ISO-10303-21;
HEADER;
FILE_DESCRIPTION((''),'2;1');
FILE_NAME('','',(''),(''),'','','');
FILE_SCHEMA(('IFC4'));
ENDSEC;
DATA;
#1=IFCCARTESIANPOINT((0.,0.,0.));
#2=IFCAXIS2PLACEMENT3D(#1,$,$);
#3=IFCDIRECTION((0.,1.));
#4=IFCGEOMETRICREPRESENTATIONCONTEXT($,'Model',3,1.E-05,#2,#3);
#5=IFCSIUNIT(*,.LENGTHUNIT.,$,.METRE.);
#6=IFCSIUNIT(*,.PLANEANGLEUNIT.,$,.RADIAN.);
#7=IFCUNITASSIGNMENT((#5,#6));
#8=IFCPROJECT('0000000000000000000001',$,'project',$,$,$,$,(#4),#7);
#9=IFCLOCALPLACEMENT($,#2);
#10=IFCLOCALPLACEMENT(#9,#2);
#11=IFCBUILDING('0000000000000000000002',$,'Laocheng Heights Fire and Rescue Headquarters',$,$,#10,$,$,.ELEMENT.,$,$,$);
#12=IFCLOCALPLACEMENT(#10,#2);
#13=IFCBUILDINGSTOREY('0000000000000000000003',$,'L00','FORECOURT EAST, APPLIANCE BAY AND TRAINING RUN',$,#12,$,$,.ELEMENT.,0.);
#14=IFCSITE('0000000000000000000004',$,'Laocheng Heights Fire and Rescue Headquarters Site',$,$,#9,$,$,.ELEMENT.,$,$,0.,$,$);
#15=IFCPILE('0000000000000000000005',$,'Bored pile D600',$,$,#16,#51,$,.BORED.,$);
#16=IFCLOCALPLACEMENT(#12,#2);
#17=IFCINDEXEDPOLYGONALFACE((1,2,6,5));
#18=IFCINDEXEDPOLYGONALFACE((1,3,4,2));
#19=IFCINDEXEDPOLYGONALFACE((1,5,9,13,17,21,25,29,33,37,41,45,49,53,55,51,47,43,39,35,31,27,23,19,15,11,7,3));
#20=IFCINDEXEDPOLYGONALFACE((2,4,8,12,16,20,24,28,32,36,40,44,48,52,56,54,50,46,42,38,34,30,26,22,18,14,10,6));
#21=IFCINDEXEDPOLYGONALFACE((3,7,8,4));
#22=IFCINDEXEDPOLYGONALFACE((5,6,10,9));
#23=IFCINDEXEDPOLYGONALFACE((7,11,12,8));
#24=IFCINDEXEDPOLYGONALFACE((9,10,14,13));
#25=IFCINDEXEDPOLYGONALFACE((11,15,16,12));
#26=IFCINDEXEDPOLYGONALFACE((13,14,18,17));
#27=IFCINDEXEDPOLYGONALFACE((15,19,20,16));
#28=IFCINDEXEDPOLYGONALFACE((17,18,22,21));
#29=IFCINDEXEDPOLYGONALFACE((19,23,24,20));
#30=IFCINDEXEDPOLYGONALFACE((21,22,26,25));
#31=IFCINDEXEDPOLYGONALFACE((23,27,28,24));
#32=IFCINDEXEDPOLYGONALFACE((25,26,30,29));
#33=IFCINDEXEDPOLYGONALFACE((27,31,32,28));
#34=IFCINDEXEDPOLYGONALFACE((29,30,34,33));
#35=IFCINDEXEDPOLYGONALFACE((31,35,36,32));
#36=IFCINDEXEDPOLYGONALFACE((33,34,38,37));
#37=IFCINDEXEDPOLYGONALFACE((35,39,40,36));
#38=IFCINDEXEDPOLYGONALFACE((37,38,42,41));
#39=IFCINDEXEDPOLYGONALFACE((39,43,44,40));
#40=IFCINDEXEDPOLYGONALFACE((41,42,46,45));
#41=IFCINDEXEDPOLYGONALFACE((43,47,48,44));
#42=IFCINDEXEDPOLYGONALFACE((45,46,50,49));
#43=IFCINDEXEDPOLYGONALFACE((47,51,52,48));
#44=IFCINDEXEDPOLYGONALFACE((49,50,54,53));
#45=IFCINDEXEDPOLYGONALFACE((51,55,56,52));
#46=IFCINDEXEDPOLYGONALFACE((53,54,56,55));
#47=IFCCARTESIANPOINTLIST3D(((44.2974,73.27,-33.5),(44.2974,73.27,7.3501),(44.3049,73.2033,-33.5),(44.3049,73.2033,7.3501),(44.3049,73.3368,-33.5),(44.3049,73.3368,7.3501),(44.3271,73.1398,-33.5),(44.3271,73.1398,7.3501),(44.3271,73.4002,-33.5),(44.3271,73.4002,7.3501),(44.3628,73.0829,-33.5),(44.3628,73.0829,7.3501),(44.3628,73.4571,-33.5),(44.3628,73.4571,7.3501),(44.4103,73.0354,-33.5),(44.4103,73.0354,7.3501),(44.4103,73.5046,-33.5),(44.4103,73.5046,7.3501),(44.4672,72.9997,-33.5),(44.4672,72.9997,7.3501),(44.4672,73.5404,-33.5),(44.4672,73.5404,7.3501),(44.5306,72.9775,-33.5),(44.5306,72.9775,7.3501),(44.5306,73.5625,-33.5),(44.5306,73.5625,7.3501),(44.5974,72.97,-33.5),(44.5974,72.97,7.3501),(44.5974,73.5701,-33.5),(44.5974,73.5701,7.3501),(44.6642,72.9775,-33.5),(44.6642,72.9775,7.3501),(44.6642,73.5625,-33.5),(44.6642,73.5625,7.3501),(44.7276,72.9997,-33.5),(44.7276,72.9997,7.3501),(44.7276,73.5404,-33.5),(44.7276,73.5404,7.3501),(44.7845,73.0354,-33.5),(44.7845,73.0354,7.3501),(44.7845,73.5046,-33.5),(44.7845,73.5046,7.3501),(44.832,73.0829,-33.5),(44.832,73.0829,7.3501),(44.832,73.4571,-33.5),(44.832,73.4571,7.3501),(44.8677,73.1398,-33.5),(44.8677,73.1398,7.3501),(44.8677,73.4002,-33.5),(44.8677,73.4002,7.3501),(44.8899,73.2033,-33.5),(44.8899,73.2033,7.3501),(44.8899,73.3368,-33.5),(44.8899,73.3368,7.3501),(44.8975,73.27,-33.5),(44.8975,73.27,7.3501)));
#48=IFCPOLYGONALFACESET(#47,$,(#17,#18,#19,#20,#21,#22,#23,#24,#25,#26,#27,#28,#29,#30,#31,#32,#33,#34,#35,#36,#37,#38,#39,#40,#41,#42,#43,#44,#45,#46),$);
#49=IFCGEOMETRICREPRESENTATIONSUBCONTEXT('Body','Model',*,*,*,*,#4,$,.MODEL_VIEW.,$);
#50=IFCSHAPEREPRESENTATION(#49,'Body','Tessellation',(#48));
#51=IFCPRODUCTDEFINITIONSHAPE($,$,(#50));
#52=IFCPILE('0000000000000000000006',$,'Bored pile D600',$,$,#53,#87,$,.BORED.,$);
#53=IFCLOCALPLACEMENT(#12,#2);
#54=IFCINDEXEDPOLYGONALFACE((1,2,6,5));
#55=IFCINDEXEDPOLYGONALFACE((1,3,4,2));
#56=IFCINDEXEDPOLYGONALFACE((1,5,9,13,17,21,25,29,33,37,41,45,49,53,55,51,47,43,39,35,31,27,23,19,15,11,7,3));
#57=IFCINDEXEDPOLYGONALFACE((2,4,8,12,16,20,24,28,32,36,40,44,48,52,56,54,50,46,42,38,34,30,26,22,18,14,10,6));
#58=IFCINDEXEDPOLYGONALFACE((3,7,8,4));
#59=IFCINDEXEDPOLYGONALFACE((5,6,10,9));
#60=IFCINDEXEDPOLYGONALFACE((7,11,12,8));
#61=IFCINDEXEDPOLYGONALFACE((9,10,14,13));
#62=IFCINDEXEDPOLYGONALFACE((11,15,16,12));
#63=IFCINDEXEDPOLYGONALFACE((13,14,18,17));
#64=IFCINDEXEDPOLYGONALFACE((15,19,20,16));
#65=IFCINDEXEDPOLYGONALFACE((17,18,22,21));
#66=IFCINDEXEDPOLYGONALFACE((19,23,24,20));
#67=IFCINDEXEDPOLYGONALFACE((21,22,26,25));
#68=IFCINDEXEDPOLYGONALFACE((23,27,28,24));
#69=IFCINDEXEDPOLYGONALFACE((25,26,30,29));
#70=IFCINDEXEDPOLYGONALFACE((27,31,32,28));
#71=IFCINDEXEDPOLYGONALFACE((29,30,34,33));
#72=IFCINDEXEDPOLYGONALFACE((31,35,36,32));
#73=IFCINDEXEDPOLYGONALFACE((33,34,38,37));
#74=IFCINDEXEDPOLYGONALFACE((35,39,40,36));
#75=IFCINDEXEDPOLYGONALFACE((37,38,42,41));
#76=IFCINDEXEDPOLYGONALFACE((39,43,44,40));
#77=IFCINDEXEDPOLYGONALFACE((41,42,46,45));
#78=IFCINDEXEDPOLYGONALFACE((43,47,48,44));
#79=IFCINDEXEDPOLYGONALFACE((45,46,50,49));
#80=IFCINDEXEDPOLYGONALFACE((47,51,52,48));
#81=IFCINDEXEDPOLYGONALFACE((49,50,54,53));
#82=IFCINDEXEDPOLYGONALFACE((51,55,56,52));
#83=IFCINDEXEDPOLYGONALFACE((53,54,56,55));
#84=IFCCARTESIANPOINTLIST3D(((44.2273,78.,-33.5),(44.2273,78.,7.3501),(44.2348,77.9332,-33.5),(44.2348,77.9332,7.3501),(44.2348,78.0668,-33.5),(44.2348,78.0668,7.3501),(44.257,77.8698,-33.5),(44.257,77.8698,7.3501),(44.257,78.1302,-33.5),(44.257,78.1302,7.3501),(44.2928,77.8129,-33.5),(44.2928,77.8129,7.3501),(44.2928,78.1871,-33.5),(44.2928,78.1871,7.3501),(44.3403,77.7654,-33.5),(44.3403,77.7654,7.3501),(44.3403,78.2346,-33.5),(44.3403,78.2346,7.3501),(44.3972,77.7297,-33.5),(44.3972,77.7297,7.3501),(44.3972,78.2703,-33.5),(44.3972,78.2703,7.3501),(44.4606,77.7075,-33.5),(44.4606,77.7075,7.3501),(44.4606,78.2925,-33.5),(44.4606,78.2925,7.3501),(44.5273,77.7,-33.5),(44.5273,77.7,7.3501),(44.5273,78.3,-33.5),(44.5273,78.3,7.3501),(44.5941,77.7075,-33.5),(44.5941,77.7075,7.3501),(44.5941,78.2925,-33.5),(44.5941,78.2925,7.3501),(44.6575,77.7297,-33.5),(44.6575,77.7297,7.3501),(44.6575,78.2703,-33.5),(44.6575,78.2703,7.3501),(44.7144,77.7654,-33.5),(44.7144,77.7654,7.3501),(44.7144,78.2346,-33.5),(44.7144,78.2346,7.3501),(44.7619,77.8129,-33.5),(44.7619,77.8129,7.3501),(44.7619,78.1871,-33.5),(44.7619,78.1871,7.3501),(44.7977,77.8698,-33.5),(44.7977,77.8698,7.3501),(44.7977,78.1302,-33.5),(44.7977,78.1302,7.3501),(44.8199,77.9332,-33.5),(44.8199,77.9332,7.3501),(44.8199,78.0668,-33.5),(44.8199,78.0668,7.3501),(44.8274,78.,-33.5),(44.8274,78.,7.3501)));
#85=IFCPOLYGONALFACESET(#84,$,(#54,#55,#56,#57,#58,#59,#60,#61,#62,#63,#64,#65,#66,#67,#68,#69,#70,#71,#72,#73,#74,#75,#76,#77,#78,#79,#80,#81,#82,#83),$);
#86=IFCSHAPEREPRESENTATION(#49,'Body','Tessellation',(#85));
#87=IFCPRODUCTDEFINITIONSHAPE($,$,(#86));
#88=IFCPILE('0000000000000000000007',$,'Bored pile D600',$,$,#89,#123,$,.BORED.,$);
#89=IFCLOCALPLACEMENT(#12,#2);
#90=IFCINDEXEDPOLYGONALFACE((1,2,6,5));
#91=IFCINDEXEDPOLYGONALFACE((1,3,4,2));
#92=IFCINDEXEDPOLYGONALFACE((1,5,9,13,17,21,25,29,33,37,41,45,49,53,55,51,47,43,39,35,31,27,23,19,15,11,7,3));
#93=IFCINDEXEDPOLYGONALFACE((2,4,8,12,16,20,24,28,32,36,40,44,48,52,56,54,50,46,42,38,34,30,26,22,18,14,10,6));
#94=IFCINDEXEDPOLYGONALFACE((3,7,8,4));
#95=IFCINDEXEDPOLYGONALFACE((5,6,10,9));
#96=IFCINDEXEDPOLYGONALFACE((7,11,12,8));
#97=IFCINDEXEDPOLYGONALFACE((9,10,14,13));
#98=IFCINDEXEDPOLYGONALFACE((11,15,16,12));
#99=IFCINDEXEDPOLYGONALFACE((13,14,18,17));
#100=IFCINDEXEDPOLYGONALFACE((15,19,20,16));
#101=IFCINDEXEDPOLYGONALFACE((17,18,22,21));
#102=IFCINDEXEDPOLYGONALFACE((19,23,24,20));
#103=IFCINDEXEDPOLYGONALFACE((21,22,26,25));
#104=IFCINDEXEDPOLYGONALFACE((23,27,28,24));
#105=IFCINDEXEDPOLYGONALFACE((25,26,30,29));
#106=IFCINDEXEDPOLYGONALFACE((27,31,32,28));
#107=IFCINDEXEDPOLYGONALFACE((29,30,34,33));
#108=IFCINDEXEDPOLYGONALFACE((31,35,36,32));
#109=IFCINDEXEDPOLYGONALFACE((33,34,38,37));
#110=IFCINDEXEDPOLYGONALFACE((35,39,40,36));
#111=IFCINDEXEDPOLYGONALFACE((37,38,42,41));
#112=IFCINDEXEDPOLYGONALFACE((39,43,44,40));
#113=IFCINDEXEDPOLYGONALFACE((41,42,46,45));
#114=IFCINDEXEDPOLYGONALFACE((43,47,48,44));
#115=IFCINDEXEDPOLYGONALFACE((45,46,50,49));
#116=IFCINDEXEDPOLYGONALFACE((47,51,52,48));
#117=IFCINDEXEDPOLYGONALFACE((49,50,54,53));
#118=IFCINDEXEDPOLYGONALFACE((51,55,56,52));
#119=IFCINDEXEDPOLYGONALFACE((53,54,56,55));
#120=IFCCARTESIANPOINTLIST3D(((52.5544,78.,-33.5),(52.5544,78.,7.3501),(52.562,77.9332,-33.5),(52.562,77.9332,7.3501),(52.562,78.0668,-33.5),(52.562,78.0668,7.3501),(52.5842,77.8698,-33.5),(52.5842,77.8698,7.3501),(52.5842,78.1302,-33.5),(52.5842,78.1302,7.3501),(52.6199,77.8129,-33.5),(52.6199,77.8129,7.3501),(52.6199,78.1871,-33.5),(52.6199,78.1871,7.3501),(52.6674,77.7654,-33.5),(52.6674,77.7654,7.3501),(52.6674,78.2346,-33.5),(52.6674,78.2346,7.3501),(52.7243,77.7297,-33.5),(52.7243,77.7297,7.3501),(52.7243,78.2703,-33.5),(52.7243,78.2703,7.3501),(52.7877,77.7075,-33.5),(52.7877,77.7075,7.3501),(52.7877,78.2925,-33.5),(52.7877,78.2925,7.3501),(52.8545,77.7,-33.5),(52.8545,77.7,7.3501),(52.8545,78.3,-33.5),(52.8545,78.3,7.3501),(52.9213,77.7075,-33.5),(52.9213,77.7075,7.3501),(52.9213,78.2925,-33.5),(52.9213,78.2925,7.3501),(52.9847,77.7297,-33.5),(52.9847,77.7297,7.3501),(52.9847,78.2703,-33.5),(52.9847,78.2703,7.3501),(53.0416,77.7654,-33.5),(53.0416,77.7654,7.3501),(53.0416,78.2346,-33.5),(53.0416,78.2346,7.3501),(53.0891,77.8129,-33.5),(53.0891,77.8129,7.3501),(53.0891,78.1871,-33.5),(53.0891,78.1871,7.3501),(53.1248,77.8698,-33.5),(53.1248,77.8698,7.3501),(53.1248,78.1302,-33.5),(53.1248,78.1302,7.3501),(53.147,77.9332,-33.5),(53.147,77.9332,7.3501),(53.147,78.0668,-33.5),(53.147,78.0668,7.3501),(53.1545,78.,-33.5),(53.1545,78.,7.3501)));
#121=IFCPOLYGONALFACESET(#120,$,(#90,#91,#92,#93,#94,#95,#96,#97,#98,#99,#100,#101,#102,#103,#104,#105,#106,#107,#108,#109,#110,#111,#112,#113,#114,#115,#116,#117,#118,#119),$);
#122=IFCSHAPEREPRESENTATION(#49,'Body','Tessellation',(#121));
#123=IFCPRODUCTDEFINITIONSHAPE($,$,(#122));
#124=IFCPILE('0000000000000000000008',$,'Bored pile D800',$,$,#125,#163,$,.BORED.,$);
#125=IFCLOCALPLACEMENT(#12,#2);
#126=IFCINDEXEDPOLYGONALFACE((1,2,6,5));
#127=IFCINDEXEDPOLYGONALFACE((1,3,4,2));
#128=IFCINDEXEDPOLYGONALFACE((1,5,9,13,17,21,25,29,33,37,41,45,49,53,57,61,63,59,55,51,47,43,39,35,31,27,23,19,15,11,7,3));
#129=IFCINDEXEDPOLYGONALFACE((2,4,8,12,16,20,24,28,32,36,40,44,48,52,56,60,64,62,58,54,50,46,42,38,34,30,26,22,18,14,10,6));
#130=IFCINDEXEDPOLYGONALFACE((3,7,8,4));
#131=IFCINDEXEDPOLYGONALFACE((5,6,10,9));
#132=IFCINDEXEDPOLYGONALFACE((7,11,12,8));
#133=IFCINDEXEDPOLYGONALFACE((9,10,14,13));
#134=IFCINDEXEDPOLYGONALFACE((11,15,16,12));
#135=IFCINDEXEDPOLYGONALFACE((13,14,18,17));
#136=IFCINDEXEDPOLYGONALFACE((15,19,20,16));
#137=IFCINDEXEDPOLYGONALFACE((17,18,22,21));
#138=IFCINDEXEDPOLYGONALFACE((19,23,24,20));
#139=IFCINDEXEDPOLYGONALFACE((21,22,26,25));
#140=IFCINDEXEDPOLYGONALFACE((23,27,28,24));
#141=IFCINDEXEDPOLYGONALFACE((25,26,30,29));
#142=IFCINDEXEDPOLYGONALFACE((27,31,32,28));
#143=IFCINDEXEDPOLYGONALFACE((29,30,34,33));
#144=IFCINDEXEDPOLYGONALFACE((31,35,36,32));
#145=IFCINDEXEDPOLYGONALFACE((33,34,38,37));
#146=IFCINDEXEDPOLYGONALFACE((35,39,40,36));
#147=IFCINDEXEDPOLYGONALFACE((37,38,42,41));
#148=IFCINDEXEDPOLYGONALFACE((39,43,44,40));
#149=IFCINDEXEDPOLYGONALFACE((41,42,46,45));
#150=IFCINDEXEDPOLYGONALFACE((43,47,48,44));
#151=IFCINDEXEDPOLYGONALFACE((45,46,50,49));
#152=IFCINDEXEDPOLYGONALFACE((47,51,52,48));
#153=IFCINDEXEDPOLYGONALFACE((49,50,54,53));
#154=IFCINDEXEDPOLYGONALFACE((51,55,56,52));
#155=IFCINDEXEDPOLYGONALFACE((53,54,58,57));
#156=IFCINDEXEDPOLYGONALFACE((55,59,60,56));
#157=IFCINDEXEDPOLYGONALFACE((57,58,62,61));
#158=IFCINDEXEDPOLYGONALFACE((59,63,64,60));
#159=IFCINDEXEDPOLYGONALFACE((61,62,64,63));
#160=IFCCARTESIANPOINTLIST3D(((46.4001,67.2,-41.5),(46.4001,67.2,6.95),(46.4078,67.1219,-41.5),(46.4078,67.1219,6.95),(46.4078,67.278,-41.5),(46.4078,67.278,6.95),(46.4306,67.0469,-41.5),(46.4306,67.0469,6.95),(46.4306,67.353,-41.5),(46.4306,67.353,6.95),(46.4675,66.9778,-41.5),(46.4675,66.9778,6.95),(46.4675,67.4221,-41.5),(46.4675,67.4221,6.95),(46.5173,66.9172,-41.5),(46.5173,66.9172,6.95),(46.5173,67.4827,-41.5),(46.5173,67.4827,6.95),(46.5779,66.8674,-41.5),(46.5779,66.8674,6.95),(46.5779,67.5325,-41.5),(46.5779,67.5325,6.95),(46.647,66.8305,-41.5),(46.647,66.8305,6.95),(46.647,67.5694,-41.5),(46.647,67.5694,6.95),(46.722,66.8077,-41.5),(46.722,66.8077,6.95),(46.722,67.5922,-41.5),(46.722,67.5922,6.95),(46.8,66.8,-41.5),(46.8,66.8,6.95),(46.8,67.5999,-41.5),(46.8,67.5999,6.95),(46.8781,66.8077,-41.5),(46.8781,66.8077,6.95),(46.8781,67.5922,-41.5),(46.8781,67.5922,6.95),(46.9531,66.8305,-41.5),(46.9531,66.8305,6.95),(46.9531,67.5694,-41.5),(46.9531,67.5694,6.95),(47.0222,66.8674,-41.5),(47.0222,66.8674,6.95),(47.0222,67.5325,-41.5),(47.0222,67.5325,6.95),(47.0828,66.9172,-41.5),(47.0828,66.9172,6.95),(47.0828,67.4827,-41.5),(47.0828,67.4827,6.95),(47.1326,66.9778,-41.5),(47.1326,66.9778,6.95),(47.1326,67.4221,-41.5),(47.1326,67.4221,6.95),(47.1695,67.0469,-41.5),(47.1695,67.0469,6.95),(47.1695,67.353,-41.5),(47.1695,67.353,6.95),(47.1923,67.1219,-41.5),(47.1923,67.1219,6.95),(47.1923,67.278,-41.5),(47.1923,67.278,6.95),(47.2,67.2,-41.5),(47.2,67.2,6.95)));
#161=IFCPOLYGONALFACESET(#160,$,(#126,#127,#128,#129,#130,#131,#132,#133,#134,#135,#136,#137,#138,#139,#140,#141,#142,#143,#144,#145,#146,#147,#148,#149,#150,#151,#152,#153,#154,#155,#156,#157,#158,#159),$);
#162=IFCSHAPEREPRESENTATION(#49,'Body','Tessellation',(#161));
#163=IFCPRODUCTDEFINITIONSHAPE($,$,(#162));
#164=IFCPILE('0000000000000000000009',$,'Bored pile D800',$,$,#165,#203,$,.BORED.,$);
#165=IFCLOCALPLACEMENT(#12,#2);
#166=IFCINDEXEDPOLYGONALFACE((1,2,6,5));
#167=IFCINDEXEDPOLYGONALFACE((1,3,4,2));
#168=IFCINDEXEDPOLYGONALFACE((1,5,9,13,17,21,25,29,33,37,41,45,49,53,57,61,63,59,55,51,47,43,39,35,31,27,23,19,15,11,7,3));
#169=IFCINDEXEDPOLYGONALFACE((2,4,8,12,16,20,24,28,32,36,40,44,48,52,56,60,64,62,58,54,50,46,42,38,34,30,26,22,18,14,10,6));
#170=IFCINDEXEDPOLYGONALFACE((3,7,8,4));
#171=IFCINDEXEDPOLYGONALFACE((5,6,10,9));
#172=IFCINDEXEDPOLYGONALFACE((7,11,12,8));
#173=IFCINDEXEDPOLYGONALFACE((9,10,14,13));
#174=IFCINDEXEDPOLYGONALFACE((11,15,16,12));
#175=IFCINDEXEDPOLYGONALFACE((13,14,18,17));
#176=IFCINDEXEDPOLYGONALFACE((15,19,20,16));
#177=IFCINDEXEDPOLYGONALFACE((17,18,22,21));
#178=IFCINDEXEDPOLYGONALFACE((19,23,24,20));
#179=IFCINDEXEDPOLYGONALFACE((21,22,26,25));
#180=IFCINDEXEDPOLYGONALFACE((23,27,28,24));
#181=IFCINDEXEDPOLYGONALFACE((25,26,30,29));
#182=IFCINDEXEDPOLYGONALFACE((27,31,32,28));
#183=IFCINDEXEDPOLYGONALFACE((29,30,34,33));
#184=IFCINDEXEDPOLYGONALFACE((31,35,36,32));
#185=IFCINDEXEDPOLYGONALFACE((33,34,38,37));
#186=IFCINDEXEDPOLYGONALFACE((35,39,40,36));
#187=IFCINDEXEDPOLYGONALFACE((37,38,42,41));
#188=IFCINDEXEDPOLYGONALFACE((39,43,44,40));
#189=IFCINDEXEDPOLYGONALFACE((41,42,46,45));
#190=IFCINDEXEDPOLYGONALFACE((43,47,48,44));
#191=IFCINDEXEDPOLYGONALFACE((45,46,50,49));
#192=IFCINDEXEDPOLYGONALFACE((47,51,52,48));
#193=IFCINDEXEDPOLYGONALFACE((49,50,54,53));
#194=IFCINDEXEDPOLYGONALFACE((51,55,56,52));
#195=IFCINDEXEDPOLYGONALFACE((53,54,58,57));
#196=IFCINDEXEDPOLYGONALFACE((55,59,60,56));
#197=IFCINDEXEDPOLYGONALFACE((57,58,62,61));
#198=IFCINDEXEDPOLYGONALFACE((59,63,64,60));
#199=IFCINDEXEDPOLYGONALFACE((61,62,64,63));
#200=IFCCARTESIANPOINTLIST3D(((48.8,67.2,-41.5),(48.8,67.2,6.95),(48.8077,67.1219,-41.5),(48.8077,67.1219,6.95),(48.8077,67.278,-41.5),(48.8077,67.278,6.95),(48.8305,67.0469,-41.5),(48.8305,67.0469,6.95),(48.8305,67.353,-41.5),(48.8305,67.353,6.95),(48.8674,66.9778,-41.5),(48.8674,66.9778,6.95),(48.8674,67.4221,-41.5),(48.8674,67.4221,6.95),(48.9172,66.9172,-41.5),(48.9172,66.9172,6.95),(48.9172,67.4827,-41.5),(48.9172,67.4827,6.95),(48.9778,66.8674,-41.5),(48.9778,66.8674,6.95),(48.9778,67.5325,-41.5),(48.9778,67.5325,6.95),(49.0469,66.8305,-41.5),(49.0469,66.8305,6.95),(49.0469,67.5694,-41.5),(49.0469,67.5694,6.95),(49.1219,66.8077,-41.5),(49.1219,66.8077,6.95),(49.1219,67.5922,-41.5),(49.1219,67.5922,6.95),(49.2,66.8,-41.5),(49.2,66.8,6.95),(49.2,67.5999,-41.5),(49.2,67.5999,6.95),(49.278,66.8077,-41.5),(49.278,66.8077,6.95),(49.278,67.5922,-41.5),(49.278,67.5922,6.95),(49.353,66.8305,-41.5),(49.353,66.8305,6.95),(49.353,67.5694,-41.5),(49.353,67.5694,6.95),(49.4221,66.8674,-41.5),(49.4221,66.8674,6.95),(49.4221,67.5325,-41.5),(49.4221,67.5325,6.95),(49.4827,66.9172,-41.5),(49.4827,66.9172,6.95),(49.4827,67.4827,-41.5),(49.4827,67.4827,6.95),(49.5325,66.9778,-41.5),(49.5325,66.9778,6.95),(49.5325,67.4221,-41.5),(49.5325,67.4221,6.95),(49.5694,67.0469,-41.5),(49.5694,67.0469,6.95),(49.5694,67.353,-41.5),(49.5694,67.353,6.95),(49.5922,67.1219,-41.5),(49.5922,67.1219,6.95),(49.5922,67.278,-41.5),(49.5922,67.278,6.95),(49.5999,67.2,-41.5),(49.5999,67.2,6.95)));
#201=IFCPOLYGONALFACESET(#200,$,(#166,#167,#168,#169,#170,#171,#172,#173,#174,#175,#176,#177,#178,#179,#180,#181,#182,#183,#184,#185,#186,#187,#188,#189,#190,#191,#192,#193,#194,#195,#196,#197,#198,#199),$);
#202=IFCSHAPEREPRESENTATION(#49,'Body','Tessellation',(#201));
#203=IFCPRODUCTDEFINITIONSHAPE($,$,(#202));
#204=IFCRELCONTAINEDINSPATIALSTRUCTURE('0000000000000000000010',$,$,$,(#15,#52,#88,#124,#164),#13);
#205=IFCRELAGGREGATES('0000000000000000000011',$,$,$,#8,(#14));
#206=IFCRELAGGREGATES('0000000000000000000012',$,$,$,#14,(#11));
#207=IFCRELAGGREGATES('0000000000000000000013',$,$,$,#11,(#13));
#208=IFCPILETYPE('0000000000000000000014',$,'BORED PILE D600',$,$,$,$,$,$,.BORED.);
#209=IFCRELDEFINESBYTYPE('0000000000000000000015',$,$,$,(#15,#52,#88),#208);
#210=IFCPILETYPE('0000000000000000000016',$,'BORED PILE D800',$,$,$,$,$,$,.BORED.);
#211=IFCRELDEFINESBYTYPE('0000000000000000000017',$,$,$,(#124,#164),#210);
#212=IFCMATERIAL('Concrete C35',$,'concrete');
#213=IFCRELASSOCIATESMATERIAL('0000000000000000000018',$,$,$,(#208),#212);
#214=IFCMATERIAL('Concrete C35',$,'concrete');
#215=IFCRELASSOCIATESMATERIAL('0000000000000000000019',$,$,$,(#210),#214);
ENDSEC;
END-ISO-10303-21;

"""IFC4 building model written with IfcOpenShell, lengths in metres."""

from ifc_helpers import new_model, si_unit, direction, frame, origin, origin_2d, place, context, subcontext, project, spatial, circle, extrude, material, material_profile, profile_set, type_object, element, save


model = new_model("IFC4")

# Units and contexts
model_context = context("Model", 3, precision=1e-05, world=origin(), true_north=direction((0.0, 1.0)))
body_context = subcontext(model_context, "Body", "Model", "MODEL_VIEW")
ifc_project = project(units=[si_unit("LENGTHUNIT", "METRE"), si_unit("PLANEANGLEUNIT", "RADIAN")], contexts=[model_context])

# Site, building, storey
site_placement = place(None, origin())
site = spatial("IfcSite", under=ifc_project, at=site_placement, Name="Laocheng Heights Fire and Rescue Headquarters Site", CompositionType="ELEMENT", RefElevation=0.0)
building_placement = place(site_placement, origin())
building = spatial("IfcBuilding", under=site, at=building_placement, Name="Laocheng Heights Fire and Rescue Headquarters", CompositionType="ELEMENT")
storey_placement = place(building_placement, origin())
storey = spatial("IfcBuildingStorey", under=building, at=storey_placement, Name="L00", Description="FORECOURT EAST, APPLIANCE BAY AND TRAINING RUN", CompositionType="ELEMENT", Elevation=0.0)

# Piles
ifc_material_1 = material(Name="Concrete C35", Category="concrete")
ifc_material_profile_1 = material_profile(ifc_material_1, circle(Radius=0.3, at=origin_2d()), Name="BORED PILE D600")
ifc_profile_set_1 = profile_set([ifc_material_profile_1], Name="Concrete C35")
pile_type_1 = type_object("IfcPileType", Name="BORED PILE D600", PredefinedType="BORED", material=ifc_profile_set_1)
for number, where, z_axis, x_axis, name in (
    (1, (44.5974, 73.27, 7.3501), (0.0, 0.0, -1.0), (1.0, 0.0, 0.0), "Bored pile D600"),
    (2, (44.5273, 78.0, 7.3501), (0.0, 0.0, -1.0), (1.0, 0.0, 0.0), "Bored pile D600"),
    (3, (52.8545, 78.0, 7.3501), (0.0, 0.0, -1.0), (1.0, 0.0, 0.0), "Bored pile D600"),
):
    element("IfcPile", number, at=place(storey_placement, frame(where, z_axis=z_axis, x_axis=x_axis)), inside=storey, type_object=pile_type_1, Name=name, PredefinedType="BORED", context=body_context, shape_type="SweptSolid", body=[
        extrude(circle(Radius=0.3, at=origin_2d()), origin(), (0.0, 0.0, 1.0), 40.8501),
    ])
ifc_material_2 = material(Name="Concrete C35", Category="concrete")
ifc_material_profile_2 = material_profile(ifc_material_2, circle(Radius=0.3999, at=origin_2d()), Name="BORED PILE D800")
ifc_profile_set_2 = profile_set([ifc_material_profile_2], Name="Concrete C35")
pile_type_2 = type_object("IfcPileType", Name="BORED PILE D800", PredefinedType="BORED", material=ifc_profile_set_2)
for number, where, z_axis, x_axis, name in (
    (4, (46.8, 67.2, 6.95), (0.0, 0.0, -1.0), (1.0, 0.0, 0.0), "Bored pile D800"),
    (5, (49.2, 67.2, 6.95), (0.0, 0.0, -1.0), (1.0, 0.0, 0.0), "Bored pile D800"),
):
    element("IfcPile", number, at=place(storey_placement, frame(where, z_axis=z_axis, x_axis=x_axis)), inside=storey, type_object=pile_type_2, Name=name, PredefinedType="BORED", context=body_context, shape_type="SweptSolid", body=[
        extrude(circle(Radius=0.3999, at=origin_2d()), origin(), (0.0, 0.0, 1.0), 48.45),
    ])

save(model, "model.ifc")
